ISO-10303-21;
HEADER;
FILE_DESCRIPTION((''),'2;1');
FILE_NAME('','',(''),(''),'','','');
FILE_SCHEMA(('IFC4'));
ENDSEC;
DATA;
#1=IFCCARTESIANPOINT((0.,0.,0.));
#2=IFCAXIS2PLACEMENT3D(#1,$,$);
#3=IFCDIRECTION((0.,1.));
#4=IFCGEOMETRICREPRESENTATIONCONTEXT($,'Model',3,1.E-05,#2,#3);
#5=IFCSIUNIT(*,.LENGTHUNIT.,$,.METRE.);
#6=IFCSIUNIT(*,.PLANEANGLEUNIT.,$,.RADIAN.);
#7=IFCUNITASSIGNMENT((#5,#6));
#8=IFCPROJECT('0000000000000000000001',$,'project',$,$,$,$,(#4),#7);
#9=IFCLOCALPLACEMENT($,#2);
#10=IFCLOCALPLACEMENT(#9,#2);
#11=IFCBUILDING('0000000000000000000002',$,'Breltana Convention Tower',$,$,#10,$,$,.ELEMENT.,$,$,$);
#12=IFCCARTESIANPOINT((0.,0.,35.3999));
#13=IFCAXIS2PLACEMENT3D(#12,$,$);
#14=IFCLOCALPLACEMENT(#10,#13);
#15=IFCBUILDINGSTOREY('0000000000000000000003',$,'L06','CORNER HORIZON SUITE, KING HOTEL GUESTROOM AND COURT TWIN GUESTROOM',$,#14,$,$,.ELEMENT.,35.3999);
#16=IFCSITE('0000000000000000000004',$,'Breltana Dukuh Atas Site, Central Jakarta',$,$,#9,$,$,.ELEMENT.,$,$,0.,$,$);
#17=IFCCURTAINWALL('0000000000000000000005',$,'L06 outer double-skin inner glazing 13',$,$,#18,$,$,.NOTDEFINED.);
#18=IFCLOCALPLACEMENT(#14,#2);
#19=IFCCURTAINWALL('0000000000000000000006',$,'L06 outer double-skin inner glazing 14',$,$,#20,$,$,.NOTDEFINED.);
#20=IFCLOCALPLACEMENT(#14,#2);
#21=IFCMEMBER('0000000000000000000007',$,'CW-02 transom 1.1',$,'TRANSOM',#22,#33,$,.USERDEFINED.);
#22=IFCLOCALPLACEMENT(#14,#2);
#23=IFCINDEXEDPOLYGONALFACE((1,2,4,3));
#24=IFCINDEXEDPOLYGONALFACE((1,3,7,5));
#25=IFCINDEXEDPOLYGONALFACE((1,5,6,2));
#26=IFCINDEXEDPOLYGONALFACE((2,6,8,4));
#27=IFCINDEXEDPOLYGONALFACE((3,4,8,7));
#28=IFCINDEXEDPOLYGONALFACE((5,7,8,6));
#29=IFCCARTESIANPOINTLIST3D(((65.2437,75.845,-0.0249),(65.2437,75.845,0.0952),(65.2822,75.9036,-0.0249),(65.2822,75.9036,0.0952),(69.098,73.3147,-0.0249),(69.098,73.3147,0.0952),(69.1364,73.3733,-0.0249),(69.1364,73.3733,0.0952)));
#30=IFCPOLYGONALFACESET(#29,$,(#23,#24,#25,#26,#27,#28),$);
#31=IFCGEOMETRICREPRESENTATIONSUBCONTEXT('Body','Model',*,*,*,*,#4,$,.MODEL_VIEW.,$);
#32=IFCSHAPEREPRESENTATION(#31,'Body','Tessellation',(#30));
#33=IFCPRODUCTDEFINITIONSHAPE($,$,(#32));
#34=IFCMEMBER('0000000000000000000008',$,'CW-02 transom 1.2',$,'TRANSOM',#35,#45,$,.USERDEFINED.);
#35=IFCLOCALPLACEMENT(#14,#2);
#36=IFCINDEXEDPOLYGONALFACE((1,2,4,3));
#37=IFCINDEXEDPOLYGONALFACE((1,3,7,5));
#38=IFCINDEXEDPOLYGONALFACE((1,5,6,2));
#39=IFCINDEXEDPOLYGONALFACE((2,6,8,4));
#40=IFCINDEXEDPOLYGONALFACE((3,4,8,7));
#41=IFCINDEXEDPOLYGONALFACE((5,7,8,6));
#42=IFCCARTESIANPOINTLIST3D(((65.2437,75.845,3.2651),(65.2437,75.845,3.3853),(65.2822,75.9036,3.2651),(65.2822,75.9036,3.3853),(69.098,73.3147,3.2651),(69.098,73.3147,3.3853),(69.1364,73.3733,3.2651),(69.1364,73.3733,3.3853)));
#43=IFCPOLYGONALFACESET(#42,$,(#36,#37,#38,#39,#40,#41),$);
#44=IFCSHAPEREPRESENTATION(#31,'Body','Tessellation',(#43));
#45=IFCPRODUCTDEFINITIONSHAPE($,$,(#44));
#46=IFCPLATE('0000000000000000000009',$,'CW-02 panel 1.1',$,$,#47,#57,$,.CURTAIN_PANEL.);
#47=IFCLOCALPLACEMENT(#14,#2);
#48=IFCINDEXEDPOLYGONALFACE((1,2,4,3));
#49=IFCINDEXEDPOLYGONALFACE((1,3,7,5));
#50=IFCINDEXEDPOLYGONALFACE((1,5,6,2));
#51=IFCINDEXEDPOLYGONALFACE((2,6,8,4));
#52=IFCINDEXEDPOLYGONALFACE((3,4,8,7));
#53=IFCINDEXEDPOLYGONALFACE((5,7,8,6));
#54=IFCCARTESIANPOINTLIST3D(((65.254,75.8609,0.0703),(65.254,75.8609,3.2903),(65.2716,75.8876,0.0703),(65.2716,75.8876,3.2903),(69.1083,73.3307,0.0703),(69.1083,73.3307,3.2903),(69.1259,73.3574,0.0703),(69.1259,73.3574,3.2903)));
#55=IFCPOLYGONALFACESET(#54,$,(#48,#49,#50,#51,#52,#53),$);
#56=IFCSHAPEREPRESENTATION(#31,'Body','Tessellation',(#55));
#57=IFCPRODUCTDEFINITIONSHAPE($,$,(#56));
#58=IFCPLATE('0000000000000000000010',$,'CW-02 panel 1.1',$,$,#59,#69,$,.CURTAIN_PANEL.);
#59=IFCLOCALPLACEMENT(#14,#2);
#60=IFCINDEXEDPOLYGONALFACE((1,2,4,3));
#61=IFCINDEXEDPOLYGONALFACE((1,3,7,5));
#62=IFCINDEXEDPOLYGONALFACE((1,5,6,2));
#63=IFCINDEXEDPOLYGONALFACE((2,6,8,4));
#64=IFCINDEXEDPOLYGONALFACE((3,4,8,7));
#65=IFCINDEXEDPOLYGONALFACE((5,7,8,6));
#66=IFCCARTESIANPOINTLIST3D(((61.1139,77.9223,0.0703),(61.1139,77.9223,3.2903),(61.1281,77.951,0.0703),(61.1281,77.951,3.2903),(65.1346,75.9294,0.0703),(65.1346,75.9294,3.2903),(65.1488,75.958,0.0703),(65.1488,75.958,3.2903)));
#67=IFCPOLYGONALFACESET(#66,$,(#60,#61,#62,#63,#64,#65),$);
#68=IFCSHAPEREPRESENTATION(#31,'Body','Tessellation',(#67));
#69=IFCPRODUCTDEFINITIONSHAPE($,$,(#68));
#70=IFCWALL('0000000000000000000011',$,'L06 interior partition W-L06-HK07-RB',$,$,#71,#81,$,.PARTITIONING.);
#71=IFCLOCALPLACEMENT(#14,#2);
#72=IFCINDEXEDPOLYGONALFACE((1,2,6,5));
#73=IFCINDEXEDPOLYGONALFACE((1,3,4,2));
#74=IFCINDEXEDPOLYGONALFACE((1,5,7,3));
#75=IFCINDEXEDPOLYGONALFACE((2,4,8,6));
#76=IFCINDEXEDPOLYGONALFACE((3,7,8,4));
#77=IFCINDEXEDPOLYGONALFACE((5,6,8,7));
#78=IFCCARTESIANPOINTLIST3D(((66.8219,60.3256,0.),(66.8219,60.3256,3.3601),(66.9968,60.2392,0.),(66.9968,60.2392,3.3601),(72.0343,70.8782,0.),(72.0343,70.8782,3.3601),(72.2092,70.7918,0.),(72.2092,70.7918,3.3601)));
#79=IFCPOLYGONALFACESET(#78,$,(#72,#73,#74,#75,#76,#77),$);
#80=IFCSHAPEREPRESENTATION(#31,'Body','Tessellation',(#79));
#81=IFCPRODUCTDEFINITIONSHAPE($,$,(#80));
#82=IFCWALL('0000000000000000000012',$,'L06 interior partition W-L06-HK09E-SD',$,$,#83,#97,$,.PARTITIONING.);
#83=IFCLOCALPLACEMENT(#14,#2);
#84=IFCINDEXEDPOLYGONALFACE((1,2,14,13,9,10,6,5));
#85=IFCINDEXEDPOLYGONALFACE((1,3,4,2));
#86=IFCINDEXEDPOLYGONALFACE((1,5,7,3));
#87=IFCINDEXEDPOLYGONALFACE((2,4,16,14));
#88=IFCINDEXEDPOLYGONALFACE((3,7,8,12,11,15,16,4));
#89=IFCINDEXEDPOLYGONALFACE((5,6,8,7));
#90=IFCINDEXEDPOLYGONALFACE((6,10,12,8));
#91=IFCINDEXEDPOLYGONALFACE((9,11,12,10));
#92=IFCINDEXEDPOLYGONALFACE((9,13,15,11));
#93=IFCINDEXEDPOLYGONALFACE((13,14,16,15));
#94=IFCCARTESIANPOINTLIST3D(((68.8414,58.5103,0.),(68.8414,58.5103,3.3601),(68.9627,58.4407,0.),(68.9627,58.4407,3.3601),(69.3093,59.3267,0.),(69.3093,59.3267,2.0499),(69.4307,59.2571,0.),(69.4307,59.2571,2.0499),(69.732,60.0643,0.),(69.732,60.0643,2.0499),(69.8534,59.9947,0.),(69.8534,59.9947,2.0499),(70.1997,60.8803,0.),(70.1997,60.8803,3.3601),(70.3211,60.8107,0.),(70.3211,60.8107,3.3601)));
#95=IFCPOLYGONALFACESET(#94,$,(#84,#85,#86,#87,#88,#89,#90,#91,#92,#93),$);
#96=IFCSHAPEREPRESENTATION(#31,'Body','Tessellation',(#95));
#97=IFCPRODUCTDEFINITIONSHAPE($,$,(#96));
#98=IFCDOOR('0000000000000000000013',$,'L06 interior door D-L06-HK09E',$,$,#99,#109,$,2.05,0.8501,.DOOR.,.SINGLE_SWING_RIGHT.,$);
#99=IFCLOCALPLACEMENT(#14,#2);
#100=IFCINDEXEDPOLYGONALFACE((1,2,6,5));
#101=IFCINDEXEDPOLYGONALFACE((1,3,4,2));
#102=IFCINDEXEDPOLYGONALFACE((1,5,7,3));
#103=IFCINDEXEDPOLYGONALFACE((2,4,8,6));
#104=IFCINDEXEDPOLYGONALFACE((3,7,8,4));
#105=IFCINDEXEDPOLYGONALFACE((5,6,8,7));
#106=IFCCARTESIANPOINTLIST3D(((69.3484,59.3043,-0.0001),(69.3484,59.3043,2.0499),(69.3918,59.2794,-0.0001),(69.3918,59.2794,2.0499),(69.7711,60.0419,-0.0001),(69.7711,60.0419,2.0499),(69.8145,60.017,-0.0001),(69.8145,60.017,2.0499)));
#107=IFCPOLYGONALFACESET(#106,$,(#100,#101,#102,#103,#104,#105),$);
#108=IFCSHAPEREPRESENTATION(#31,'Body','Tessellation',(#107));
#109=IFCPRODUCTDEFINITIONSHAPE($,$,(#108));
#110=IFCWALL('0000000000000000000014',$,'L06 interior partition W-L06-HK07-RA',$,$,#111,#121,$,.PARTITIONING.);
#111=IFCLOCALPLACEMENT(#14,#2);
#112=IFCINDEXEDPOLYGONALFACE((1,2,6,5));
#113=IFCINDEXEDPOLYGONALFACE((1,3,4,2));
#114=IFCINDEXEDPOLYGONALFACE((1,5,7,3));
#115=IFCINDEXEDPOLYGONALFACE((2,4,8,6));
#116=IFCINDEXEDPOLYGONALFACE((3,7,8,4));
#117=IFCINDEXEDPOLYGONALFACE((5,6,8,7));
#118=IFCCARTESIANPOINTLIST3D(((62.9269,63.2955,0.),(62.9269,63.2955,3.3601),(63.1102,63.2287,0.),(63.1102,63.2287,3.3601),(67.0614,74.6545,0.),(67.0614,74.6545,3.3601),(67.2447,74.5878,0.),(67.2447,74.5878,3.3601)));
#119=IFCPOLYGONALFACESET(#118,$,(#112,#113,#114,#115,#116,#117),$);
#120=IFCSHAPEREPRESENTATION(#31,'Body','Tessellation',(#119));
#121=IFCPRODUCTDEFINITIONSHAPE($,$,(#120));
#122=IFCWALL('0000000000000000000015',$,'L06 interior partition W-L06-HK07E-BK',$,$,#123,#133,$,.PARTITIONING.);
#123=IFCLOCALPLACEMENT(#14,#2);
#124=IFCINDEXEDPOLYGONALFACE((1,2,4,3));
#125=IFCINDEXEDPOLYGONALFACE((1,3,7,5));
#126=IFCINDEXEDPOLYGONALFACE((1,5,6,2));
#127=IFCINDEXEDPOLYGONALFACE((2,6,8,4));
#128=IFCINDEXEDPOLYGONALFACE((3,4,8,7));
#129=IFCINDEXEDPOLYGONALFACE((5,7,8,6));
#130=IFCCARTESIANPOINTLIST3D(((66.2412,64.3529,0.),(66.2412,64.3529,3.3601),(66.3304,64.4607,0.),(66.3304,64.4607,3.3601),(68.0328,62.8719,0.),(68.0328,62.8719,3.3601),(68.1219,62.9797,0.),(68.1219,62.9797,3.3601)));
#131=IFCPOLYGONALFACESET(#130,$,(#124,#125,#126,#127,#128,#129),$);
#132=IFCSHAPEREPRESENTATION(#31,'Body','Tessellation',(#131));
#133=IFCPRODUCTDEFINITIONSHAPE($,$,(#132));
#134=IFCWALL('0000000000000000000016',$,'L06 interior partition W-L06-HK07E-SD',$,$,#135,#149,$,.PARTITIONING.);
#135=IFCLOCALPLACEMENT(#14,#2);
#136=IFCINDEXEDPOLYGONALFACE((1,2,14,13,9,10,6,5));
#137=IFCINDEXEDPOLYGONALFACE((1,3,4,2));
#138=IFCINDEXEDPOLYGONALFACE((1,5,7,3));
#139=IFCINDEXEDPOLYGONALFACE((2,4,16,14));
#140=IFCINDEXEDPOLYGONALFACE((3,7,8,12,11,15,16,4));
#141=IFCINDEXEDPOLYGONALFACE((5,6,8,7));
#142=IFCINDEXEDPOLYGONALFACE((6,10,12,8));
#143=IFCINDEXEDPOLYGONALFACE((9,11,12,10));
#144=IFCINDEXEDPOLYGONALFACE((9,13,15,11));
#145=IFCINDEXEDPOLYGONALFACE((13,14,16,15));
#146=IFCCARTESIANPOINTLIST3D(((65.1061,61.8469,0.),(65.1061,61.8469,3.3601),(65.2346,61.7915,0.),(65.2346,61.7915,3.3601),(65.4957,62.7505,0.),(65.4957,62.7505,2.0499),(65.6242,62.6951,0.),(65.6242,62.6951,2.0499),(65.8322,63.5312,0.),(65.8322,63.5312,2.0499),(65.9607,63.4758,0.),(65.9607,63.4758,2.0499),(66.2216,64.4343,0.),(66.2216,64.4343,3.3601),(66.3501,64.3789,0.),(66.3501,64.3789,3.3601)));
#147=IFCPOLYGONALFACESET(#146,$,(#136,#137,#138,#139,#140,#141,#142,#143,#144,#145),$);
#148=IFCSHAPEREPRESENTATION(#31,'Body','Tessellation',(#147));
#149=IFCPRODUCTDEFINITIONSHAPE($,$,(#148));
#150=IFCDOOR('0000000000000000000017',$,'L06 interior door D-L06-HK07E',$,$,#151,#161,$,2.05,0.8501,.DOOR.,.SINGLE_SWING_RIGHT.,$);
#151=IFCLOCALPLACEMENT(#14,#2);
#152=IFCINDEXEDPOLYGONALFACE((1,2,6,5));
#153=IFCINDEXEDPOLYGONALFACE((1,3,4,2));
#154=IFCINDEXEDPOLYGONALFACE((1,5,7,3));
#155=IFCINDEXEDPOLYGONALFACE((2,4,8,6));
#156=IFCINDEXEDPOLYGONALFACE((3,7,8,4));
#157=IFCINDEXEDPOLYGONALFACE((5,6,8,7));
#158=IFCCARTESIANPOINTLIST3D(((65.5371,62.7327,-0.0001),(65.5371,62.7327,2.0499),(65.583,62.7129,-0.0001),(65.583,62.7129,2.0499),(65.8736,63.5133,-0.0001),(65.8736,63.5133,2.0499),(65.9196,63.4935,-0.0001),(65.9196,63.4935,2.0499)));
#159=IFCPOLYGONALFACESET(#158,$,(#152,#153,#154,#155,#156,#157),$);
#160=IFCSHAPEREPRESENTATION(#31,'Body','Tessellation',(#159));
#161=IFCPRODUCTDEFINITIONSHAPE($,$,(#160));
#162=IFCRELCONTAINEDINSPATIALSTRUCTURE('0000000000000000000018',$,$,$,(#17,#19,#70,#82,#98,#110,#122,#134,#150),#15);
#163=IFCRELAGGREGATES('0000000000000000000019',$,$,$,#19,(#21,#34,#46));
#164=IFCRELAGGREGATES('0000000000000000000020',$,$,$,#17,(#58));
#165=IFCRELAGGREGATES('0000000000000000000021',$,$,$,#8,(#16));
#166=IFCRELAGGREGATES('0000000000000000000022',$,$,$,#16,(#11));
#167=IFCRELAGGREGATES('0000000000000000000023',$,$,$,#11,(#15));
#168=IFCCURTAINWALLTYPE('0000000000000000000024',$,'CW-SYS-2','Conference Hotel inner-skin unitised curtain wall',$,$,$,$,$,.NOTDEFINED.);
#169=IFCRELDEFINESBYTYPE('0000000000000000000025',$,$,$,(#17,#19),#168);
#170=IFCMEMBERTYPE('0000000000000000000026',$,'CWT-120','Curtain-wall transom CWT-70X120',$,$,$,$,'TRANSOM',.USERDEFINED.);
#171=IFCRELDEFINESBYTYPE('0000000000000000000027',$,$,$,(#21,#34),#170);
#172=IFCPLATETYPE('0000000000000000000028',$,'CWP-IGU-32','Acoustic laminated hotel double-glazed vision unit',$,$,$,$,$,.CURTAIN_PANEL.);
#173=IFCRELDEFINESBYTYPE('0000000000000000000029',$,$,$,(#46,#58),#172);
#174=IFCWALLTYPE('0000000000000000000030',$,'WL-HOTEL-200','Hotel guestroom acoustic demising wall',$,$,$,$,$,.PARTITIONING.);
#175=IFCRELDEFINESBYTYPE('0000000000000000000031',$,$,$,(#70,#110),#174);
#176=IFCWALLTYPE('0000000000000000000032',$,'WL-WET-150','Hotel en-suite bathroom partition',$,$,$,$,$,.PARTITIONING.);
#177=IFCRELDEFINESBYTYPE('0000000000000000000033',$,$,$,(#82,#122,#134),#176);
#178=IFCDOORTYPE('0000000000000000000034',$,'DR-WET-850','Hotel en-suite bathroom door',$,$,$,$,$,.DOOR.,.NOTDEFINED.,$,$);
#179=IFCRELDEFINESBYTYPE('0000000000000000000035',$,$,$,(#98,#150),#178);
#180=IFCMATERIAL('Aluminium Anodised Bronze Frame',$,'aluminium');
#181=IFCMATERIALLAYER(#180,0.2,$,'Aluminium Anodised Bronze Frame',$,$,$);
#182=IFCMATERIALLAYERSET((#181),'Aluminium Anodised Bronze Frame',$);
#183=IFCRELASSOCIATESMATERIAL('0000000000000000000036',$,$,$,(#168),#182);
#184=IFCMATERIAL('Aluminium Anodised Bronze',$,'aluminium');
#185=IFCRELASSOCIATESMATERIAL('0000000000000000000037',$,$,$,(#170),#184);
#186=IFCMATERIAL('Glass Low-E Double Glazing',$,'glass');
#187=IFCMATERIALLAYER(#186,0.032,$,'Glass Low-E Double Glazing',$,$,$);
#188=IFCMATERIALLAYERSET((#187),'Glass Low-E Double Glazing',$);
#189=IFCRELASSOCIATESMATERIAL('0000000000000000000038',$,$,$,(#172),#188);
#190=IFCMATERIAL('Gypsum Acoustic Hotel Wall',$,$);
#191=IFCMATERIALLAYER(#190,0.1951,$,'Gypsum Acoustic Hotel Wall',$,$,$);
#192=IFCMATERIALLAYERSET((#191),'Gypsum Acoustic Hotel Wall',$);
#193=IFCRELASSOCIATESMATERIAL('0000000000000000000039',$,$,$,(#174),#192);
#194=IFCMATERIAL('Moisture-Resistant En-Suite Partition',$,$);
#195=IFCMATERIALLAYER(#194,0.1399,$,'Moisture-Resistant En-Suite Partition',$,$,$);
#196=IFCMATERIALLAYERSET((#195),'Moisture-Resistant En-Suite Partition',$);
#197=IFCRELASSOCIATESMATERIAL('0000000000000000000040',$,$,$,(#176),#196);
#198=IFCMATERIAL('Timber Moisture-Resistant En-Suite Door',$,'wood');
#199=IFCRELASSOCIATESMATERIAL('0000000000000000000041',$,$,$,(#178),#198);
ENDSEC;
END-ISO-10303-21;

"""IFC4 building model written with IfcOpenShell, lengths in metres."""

from ifc_helpers import new_model, si_unit, direction, frame, frame_2d, origin, origin_2d, place, context, subcontext, project, spatial, rectangle, extrude, source, transform, mapped, material, layer, layer_set, material_profile, profile_set, type_object, type_shapes, element, fill, aggregate, save


model = new_model("IFC4")

# Units and contexts
model_context = context("Model", 3, precision=1e-05, world=origin(), true_north=direction((0.0, 1.0)))
body_context = subcontext(model_context, "Body", "Model", "MODEL_VIEW")
ifc_project = project(units=[si_unit("LENGTHUNIT", "METRE"), si_unit("PLANEANGLEUNIT", "RADIAN")], contexts=[model_context])

# Site, building, storey
site_placement = place(None, origin())
site = spatial("IfcSite", under=ifc_project, at=site_placement, Name="Breltana Dukuh Atas Site, Central Jakarta", CompositionType="ELEMENT", RefElevation=0.0)
building_placement = place(site_placement, origin())
building = spatial("IfcBuilding", under=site, at=building_placement, Name="Breltana Convention Tower", CompositionType="ELEMENT")
storey_placement = place(building_placement, frame((0.0, 0.0, 35.3999)))
storey = spatial("IfcBuildingStorey", under=building, at=storey_placement, Name="L06", Description="CORNER HORIZON SUITE, KING HOTEL GUESTROOM AND COURT TWIN GUESTROOM", CompositionType="ELEMENT", Elevation=35.3999)

# Curtain wall
ifc_material_1 = material(Name="Aluminium Anodised Bronze Frame", Category="aluminium")
ifc_layer_1 = layer(ifc_material_1, 0.2, Name="Aluminium Anodised Bronze Frame")
ifc_layer_set_1 = layer_set([ifc_layer_1], Name="Aluminium Anodised Bronze Frame")
curtain_wall_type = type_object("IfcCurtainWallType", Name="CW-SYS-2", Description="Conference Hotel inner-skin unitised curtain wall", PredefinedType="NOTDEFINED", material=ifc_layer_set_1)
curtain_wall_1_placement = place(storey_placement, origin())
curtain_wall_1 = element("IfcCurtainWall", 1, at=curtain_wall_1_placement, inside=storey, type_object=curtain_wall_type, Name="L06 outer double-skin inner glazing 13", PredefinedType="NOTDEFINED")
ifc_material_2 = material(Name="Aluminium Anodised Bronze", Category="aluminium")

# Curtain wall, members, plate
curtain_wall_2_placement = place(storey_placement, origin())
curtain_wall_2 = element("IfcCurtainWall", 2, at=curtain_wall_2_placement, inside=storey, type_object=curtain_wall_type, Name="L06 outer double-skin inner glazing 14", PredefinedType="NOTDEFINED")
ifc_material_profile_1 = material_profile(ifc_material_2, rectangle(XDim=0.0701, YDim=0.1201, at=origin_2d()), Name="CWT-70X120")
ifc_profile_set_1 = profile_set([ifc_material_profile_1], Name="Aluminium Anodised Bronze")
member_type_1 = type_object("IfcMemberType", Name="CWT-120", Description="Curtain-wall transom CWT-70X120", ElementType="TRANSOM", PredefinedType="USERDEFINED", material=ifc_profile_set_1)
shared_shape_1 = source(origin(), body_context, "Body", "SweptSolid", [
    extrude(rectangle(XDim=0.0701, YDim=0.1201, at=origin_2d()), origin(), (0.0, 0.0, 1.0), 4.6106),
])
member_1_placement = place(storey_placement, frame((65.2629, 75.8743, 0.0352), z_axis=(0.835956, -0.548796, 0.0), x_axis=(0.548796, 0.835956, 0.0)))
member_1 = element("IfcMember", 3, at=member_1_placement, type_object=member_type_1, Name="CW-02 transom 1.1", ObjectType="TRANSOM", PredefinedType="USERDEFINED", context=body_context, shape_type="MappedRepresentation", body=[
    mapped(shared_shape_1, transform((0.0, 0.0, 0.0), scale=1.0)),
])
member_2_placement = place(storey_placement, frame((65.2629, 75.8743, 3.3252), z_axis=(0.835956, -0.548796, 0.0), x_axis=(0.548796, 0.835956, 0.0)))
member_2 = element("IfcMember", 4, at=member_2_placement, type_object=member_type_1, Name="CW-02 transom 1.2", ObjectType="TRANSOM", PredefinedType="USERDEFINED", context=body_context, shape_type="MappedRepresentation", body=[
    mapped(shared_shape_1, transform((0.0, 0.0, 0.0), scale=1.0)),
])
ifc_material_3 = material(Name="Glass Low-E Double Glazing", Category="glass")
ifc_layer_2 = layer(ifc_material_3, 0.032, Name="Glass Low-E Double Glazing")
ifc_layer_set_2 = layer_set([ifc_layer_2], Name="Glass Low-E Double Glazing")
plate_type = type_object("IfcPlateType", Name="CWP-IGU-32", Description="Acoustic laminated hotel double-glazed vision unit", PredefinedType="CURTAIN_PANEL", material=ifc_layer_set_2)
shared_shape_2 = source(origin(), body_context, "Body", "SweptSolid", [
    extrude(rectangle(XDim=4.6106, YDim=0.032, at=origin_2d()), origin(), (0.0, 0.0, 1.0), 3.22),
])
plate_1_placement = place(storey_placement, frame((67.1899, 74.6091, 0.0703), z_axis=(0.0, 0.0, 1.0), x_axis=(0.835964, -0.548784, 0.0)))
plate_1 = element("IfcPlate", 5, at=plate_1_placement, type_object=plate_type, Name="CW-02 panel 1.1", PredefinedType="CURTAIN_PANEL", context=body_context, shape_type="MappedRepresentation", body=[
    mapped(shared_shape_2, transform((0.0, 0.0, 0.0), scale=1.0)),
])
aggregate(curtain_wall_2, [member_1, member_2, plate_1])

# Plate
shared_shape_3 = source(origin(), body_context, "Body", "SweptSolid", [
    extrude(rectangle(XDim=4.4875, YDim=0.032, at=origin_2d()), origin(), (0.0, 0.0, 1.0), 3.22),
])
plate_2_placement = place(storey_placement, frame((63.1313, 76.9402, 0.0703), z_axis=(0.0, 0.0, 1.0), x_axis=(0.895973, -0.444108, 0.0)))
plate_2 = element("IfcPlate", 6, at=plate_2_placement, type_object=plate_type, Name="CW-02 panel 1.1", PredefinedType="CURTAIN_PANEL", context=body_context, shape_type="MappedRepresentation", body=[
    mapped(shared_shape_3, transform((0.0, 0.0, 0.0), scale=1.0)),
])
aggregate(curtain_wall_1, [plate_2])

# Shared definitions
ifc_material_4 = material(Name="Gypsum Acoustic Hotel Wall")
ifc_layer_3 = layer(ifc_material_4, 0.1951, Name="Gypsum Acoustic Hotel Wall")
ifc_layer_set_3 = layer_set([ifc_layer_3], Name="Gypsum Acoustic Hotel Wall")
wall_type_1 = type_object("IfcWallType", Name="WL-HOTEL-200", Description="Hotel guestroom acoustic demising wall", PredefinedType="PARTITIONING", material=ifc_layer_set_3)

# Wall
shared_shape_4 = source(origin(), body_context, "Body", "SweptSolid", [
    extrude(rectangle(XDim=11.7698, YDim=0.1951, at=frame_2d((5.8848, 0.0))), origin(), (0.0, 0.0, 1.0), 3.3601),
])
wall_1_placement = place(storey_placement, frame((66.9094, 60.2825, 0.0), z_axis=(0.0, 0.0, 1.0), x_axis=(0.442861, 0.89659, 0.0)))
element("IfcWall", 7, at=wall_1_placement, inside=storey, type_object=wall_type_1, Name="L06 interior partition W-L06-HK07-RB", PredefinedType="PARTITIONING", context=body_context, shape_type="MappedRepresentation", body=[
    mapped(shared_shape_4, transform((0.0, 0.0, 0.0), scale=1.0)),
])

# Wall, opening, door
ifc_material_5 = material(Name="Moisture-Resistant En-Suite Partition")
ifc_layer_4 = layer(ifc_material_5, 0.1399, Name="Moisture-Resistant En-Suite Partition")
ifc_layer_set_4 = layer_set([ifc_layer_4], Name="Moisture-Resistant En-Suite Partition")
wall_type_2 = type_object("IfcWallType", Name="WL-WET-150", Description="Hotel en-suite bathroom partition", PredefinedType="PARTITIONING", material=ifc_layer_set_4)
shared_shape_5 = source(origin(), body_context, "Body", "SweptSolid", [
    extrude(rectangle(XDim=2.7317, YDim=0.1399, at=frame_2d((1.3657, 0.0))), origin(), (0.0, 0.0, 1.0), 3.3601),
])
wall_2_placement = place(storey_placement, frame((68.9021, 58.4756, 0.0), z_axis=(0.0, 0.0, 1.0), x_axis=(0.497255, 0.867604, 0.0)))
wall_2 = element("IfcWall", 8, at=wall_2_placement, inside=storey, type_object=wall_type_2, Name="L06 interior partition W-L06-HK09E-SD", PredefinedType="PARTITIONING", context=body_context, shape_type="MappedRepresentation", body=[
    mapped(shared_shape_5, transform((0.0, 0.0, 0.0), scale=1.0)),
])
opening_1_placement = place(wall_2_placement, frame((0.9409, 0.0, 0.0)))
opening_1 = element("IfcOpeningElement", 9, at=opening_1_placement, cuts=wall_2, PredefinedType="OPENING", context=body_context, shape_type="SweptSolid", body=[
    extrude(rectangle(XDim=0.8501, YDim=2.05, at=frame_2d((0.425, 1.0249))), frame((0.0, 0.0801, 0.0), z_axis=(0.0, -1.0, 0.0), x_axis=(1.0, 0.0, 0.0)), (0.0, 0.0, 1.0), 0.1599),
])
ifc_material_6 = material(Name="Timber Moisture-Resistant En-Suite Door", Category="wood")
door_type_1 = type_object("IfcDoorType", Name="DR-WET-850", Description="Hotel en-suite bathroom door", OperationType="NOTDEFINED", PredefinedType="DOOR", material=ifc_material_6)
shared_shape_6 = source(origin(), body_context, "Body", "SweptSolid", [
    extrude(rectangle(XDim=0.8501, YDim=2.05, at=frame_2d((0.425, 1.0249))), frame((0.0, 0.0249, 0.0), z_axis=(0.0, -1.0, 0.0), x_axis=(1.0, 0.0, 0.0)), (0.0, 0.0, 1.0), 0.05),
])
type_shapes(door_type_1, [shared_shape_6])
door_1_placement = place(opening_1_placement, origin())
door_1 = element("IfcDoor", 10, at=door_1_placement, inside=storey, type_object=door_type_1, Name="L06 interior door D-L06-HK09E", OperationType="SINGLE_SWING_RIGHT", OverallHeight=2.05, OverallWidth=0.8501, PredefinedType="DOOR", context=body_context, shape_type="MappedRepresentation", body=[
    mapped(shared_shape_6, transform((0.0, 0.0, 0.0), scale=1.0)),
])
fill(opening_1, door_1)

# Walls
shared_shape_7 = source(origin(), body_context, "Body", "SweptSolid", [
    extrude(rectangle(XDim=12.0881, YDim=0.1951, at=frame_2d((6.0439, 0.0))), origin(), (0.0, 0.0, 1.0), 3.3601),
])
wall_3_placement = place(storey_placement, frame((63.0186, 63.2622, 0.0), z_axis=(0.0, 0.0, 1.0), x_axis=(0.34203, 0.939689, 0.0)))
element("IfcWall", 11, at=wall_3_placement, inside=storey, type_object=wall_type_1, Name="L06 interior partition W-L06-HK07-RA", PredefinedType="PARTITIONING", context=body_context, shape_type="MappedRepresentation", body=[
    mapped(shared_shape_7, transform((0.0, 0.0, 0.0), scale=1.0)),
])
shared_shape_8 = source(origin(), body_context, "Body", "SweptSolid", [
    extrude(rectangle(XDim=2.3245, YDim=0.1399, at=frame_2d((1.1621, 0.0))), origin(), (0.0, 0.0, 1.0), 3.3601),
])
wall_4_placement = place(storey_placement, frame((66.2859, 64.4067, 0.0), z_axis=(0.0, 0.0, 1.0), x_axis=(0.770746, -0.637142, 0.0)))
element("IfcWall", 12, at=wall_4_placement, inside=storey, type_object=wall_type_2, Name="L06 interior partition W-L06-HK07E-BK", PredefinedType="PARTITIONING", context=body_context, shape_type="MappedRepresentation", body=[
    mapped(shared_shape_8, transform((0.0, 0.0, 0.0), scale=1.0)),
])

# Wall, opening, door
shared_shape_9 = source(origin(), body_context, "Body", "SweptSolid", [
    extrude(rectangle(XDim=2.8176, YDim=0.1399, at=frame_2d((1.4087, 0.0))), origin(), (0.0, 0.0, 1.0), 3.3601),
])
wall_5_placement = place(storey_placement, frame((65.1704, 61.8193, 0.0), z_axis=(0.0, 0.0, 1.0), x_axis=(0.395895, 0.918296, 0.0)))
wall_5 = element("IfcWall", 13, at=wall_5_placement, inside=storey, type_object=wall_type_2, Name="L06 interior partition W-L06-HK07E-SD", PredefinedType="PARTITIONING", context=body_context, shape_type="MappedRepresentation", body=[
    mapped(shared_shape_9, transform((0.0, 0.0, 0.0), scale=1.0)),
])
opening_2_placement = place(wall_5_placement, frame((0.9839, 0.0, 0.0)))
opening_2 = element("IfcOpeningElement", 14, at=opening_2_placement, cuts=wall_5, PredefinedType="OPENING", context=body_context, shape_type="SweptSolid", body=[
    extrude(rectangle(XDim=0.8501, YDim=2.05, at=frame_2d((0.425, 1.0249))), frame((0.0, 0.0801, 0.0), z_axis=(0.0, -1.0, 0.0), x_axis=(1.0, 0.0, 0.0)), (0.0, 0.0, 1.0), 0.1599),
])
door_2_placement = place(opening_2_placement, origin())
door_2 = element("IfcDoor", 15, at=door_2_placement, inside=storey, type_object=door_type_1, Name="L06 interior door D-L06-HK07E", OperationType="SINGLE_SWING_RIGHT", OverallHeight=2.05, OverallWidth=0.8501, PredefinedType="DOOR", context=body_context, shape_type="MappedRepresentation", body=[
    mapped(shared_shape_6, transform((0.0, 0.0, 0.0), scale=1.0)),
])
fill(opening_2, door_2)

save(model, "model.ifc")
